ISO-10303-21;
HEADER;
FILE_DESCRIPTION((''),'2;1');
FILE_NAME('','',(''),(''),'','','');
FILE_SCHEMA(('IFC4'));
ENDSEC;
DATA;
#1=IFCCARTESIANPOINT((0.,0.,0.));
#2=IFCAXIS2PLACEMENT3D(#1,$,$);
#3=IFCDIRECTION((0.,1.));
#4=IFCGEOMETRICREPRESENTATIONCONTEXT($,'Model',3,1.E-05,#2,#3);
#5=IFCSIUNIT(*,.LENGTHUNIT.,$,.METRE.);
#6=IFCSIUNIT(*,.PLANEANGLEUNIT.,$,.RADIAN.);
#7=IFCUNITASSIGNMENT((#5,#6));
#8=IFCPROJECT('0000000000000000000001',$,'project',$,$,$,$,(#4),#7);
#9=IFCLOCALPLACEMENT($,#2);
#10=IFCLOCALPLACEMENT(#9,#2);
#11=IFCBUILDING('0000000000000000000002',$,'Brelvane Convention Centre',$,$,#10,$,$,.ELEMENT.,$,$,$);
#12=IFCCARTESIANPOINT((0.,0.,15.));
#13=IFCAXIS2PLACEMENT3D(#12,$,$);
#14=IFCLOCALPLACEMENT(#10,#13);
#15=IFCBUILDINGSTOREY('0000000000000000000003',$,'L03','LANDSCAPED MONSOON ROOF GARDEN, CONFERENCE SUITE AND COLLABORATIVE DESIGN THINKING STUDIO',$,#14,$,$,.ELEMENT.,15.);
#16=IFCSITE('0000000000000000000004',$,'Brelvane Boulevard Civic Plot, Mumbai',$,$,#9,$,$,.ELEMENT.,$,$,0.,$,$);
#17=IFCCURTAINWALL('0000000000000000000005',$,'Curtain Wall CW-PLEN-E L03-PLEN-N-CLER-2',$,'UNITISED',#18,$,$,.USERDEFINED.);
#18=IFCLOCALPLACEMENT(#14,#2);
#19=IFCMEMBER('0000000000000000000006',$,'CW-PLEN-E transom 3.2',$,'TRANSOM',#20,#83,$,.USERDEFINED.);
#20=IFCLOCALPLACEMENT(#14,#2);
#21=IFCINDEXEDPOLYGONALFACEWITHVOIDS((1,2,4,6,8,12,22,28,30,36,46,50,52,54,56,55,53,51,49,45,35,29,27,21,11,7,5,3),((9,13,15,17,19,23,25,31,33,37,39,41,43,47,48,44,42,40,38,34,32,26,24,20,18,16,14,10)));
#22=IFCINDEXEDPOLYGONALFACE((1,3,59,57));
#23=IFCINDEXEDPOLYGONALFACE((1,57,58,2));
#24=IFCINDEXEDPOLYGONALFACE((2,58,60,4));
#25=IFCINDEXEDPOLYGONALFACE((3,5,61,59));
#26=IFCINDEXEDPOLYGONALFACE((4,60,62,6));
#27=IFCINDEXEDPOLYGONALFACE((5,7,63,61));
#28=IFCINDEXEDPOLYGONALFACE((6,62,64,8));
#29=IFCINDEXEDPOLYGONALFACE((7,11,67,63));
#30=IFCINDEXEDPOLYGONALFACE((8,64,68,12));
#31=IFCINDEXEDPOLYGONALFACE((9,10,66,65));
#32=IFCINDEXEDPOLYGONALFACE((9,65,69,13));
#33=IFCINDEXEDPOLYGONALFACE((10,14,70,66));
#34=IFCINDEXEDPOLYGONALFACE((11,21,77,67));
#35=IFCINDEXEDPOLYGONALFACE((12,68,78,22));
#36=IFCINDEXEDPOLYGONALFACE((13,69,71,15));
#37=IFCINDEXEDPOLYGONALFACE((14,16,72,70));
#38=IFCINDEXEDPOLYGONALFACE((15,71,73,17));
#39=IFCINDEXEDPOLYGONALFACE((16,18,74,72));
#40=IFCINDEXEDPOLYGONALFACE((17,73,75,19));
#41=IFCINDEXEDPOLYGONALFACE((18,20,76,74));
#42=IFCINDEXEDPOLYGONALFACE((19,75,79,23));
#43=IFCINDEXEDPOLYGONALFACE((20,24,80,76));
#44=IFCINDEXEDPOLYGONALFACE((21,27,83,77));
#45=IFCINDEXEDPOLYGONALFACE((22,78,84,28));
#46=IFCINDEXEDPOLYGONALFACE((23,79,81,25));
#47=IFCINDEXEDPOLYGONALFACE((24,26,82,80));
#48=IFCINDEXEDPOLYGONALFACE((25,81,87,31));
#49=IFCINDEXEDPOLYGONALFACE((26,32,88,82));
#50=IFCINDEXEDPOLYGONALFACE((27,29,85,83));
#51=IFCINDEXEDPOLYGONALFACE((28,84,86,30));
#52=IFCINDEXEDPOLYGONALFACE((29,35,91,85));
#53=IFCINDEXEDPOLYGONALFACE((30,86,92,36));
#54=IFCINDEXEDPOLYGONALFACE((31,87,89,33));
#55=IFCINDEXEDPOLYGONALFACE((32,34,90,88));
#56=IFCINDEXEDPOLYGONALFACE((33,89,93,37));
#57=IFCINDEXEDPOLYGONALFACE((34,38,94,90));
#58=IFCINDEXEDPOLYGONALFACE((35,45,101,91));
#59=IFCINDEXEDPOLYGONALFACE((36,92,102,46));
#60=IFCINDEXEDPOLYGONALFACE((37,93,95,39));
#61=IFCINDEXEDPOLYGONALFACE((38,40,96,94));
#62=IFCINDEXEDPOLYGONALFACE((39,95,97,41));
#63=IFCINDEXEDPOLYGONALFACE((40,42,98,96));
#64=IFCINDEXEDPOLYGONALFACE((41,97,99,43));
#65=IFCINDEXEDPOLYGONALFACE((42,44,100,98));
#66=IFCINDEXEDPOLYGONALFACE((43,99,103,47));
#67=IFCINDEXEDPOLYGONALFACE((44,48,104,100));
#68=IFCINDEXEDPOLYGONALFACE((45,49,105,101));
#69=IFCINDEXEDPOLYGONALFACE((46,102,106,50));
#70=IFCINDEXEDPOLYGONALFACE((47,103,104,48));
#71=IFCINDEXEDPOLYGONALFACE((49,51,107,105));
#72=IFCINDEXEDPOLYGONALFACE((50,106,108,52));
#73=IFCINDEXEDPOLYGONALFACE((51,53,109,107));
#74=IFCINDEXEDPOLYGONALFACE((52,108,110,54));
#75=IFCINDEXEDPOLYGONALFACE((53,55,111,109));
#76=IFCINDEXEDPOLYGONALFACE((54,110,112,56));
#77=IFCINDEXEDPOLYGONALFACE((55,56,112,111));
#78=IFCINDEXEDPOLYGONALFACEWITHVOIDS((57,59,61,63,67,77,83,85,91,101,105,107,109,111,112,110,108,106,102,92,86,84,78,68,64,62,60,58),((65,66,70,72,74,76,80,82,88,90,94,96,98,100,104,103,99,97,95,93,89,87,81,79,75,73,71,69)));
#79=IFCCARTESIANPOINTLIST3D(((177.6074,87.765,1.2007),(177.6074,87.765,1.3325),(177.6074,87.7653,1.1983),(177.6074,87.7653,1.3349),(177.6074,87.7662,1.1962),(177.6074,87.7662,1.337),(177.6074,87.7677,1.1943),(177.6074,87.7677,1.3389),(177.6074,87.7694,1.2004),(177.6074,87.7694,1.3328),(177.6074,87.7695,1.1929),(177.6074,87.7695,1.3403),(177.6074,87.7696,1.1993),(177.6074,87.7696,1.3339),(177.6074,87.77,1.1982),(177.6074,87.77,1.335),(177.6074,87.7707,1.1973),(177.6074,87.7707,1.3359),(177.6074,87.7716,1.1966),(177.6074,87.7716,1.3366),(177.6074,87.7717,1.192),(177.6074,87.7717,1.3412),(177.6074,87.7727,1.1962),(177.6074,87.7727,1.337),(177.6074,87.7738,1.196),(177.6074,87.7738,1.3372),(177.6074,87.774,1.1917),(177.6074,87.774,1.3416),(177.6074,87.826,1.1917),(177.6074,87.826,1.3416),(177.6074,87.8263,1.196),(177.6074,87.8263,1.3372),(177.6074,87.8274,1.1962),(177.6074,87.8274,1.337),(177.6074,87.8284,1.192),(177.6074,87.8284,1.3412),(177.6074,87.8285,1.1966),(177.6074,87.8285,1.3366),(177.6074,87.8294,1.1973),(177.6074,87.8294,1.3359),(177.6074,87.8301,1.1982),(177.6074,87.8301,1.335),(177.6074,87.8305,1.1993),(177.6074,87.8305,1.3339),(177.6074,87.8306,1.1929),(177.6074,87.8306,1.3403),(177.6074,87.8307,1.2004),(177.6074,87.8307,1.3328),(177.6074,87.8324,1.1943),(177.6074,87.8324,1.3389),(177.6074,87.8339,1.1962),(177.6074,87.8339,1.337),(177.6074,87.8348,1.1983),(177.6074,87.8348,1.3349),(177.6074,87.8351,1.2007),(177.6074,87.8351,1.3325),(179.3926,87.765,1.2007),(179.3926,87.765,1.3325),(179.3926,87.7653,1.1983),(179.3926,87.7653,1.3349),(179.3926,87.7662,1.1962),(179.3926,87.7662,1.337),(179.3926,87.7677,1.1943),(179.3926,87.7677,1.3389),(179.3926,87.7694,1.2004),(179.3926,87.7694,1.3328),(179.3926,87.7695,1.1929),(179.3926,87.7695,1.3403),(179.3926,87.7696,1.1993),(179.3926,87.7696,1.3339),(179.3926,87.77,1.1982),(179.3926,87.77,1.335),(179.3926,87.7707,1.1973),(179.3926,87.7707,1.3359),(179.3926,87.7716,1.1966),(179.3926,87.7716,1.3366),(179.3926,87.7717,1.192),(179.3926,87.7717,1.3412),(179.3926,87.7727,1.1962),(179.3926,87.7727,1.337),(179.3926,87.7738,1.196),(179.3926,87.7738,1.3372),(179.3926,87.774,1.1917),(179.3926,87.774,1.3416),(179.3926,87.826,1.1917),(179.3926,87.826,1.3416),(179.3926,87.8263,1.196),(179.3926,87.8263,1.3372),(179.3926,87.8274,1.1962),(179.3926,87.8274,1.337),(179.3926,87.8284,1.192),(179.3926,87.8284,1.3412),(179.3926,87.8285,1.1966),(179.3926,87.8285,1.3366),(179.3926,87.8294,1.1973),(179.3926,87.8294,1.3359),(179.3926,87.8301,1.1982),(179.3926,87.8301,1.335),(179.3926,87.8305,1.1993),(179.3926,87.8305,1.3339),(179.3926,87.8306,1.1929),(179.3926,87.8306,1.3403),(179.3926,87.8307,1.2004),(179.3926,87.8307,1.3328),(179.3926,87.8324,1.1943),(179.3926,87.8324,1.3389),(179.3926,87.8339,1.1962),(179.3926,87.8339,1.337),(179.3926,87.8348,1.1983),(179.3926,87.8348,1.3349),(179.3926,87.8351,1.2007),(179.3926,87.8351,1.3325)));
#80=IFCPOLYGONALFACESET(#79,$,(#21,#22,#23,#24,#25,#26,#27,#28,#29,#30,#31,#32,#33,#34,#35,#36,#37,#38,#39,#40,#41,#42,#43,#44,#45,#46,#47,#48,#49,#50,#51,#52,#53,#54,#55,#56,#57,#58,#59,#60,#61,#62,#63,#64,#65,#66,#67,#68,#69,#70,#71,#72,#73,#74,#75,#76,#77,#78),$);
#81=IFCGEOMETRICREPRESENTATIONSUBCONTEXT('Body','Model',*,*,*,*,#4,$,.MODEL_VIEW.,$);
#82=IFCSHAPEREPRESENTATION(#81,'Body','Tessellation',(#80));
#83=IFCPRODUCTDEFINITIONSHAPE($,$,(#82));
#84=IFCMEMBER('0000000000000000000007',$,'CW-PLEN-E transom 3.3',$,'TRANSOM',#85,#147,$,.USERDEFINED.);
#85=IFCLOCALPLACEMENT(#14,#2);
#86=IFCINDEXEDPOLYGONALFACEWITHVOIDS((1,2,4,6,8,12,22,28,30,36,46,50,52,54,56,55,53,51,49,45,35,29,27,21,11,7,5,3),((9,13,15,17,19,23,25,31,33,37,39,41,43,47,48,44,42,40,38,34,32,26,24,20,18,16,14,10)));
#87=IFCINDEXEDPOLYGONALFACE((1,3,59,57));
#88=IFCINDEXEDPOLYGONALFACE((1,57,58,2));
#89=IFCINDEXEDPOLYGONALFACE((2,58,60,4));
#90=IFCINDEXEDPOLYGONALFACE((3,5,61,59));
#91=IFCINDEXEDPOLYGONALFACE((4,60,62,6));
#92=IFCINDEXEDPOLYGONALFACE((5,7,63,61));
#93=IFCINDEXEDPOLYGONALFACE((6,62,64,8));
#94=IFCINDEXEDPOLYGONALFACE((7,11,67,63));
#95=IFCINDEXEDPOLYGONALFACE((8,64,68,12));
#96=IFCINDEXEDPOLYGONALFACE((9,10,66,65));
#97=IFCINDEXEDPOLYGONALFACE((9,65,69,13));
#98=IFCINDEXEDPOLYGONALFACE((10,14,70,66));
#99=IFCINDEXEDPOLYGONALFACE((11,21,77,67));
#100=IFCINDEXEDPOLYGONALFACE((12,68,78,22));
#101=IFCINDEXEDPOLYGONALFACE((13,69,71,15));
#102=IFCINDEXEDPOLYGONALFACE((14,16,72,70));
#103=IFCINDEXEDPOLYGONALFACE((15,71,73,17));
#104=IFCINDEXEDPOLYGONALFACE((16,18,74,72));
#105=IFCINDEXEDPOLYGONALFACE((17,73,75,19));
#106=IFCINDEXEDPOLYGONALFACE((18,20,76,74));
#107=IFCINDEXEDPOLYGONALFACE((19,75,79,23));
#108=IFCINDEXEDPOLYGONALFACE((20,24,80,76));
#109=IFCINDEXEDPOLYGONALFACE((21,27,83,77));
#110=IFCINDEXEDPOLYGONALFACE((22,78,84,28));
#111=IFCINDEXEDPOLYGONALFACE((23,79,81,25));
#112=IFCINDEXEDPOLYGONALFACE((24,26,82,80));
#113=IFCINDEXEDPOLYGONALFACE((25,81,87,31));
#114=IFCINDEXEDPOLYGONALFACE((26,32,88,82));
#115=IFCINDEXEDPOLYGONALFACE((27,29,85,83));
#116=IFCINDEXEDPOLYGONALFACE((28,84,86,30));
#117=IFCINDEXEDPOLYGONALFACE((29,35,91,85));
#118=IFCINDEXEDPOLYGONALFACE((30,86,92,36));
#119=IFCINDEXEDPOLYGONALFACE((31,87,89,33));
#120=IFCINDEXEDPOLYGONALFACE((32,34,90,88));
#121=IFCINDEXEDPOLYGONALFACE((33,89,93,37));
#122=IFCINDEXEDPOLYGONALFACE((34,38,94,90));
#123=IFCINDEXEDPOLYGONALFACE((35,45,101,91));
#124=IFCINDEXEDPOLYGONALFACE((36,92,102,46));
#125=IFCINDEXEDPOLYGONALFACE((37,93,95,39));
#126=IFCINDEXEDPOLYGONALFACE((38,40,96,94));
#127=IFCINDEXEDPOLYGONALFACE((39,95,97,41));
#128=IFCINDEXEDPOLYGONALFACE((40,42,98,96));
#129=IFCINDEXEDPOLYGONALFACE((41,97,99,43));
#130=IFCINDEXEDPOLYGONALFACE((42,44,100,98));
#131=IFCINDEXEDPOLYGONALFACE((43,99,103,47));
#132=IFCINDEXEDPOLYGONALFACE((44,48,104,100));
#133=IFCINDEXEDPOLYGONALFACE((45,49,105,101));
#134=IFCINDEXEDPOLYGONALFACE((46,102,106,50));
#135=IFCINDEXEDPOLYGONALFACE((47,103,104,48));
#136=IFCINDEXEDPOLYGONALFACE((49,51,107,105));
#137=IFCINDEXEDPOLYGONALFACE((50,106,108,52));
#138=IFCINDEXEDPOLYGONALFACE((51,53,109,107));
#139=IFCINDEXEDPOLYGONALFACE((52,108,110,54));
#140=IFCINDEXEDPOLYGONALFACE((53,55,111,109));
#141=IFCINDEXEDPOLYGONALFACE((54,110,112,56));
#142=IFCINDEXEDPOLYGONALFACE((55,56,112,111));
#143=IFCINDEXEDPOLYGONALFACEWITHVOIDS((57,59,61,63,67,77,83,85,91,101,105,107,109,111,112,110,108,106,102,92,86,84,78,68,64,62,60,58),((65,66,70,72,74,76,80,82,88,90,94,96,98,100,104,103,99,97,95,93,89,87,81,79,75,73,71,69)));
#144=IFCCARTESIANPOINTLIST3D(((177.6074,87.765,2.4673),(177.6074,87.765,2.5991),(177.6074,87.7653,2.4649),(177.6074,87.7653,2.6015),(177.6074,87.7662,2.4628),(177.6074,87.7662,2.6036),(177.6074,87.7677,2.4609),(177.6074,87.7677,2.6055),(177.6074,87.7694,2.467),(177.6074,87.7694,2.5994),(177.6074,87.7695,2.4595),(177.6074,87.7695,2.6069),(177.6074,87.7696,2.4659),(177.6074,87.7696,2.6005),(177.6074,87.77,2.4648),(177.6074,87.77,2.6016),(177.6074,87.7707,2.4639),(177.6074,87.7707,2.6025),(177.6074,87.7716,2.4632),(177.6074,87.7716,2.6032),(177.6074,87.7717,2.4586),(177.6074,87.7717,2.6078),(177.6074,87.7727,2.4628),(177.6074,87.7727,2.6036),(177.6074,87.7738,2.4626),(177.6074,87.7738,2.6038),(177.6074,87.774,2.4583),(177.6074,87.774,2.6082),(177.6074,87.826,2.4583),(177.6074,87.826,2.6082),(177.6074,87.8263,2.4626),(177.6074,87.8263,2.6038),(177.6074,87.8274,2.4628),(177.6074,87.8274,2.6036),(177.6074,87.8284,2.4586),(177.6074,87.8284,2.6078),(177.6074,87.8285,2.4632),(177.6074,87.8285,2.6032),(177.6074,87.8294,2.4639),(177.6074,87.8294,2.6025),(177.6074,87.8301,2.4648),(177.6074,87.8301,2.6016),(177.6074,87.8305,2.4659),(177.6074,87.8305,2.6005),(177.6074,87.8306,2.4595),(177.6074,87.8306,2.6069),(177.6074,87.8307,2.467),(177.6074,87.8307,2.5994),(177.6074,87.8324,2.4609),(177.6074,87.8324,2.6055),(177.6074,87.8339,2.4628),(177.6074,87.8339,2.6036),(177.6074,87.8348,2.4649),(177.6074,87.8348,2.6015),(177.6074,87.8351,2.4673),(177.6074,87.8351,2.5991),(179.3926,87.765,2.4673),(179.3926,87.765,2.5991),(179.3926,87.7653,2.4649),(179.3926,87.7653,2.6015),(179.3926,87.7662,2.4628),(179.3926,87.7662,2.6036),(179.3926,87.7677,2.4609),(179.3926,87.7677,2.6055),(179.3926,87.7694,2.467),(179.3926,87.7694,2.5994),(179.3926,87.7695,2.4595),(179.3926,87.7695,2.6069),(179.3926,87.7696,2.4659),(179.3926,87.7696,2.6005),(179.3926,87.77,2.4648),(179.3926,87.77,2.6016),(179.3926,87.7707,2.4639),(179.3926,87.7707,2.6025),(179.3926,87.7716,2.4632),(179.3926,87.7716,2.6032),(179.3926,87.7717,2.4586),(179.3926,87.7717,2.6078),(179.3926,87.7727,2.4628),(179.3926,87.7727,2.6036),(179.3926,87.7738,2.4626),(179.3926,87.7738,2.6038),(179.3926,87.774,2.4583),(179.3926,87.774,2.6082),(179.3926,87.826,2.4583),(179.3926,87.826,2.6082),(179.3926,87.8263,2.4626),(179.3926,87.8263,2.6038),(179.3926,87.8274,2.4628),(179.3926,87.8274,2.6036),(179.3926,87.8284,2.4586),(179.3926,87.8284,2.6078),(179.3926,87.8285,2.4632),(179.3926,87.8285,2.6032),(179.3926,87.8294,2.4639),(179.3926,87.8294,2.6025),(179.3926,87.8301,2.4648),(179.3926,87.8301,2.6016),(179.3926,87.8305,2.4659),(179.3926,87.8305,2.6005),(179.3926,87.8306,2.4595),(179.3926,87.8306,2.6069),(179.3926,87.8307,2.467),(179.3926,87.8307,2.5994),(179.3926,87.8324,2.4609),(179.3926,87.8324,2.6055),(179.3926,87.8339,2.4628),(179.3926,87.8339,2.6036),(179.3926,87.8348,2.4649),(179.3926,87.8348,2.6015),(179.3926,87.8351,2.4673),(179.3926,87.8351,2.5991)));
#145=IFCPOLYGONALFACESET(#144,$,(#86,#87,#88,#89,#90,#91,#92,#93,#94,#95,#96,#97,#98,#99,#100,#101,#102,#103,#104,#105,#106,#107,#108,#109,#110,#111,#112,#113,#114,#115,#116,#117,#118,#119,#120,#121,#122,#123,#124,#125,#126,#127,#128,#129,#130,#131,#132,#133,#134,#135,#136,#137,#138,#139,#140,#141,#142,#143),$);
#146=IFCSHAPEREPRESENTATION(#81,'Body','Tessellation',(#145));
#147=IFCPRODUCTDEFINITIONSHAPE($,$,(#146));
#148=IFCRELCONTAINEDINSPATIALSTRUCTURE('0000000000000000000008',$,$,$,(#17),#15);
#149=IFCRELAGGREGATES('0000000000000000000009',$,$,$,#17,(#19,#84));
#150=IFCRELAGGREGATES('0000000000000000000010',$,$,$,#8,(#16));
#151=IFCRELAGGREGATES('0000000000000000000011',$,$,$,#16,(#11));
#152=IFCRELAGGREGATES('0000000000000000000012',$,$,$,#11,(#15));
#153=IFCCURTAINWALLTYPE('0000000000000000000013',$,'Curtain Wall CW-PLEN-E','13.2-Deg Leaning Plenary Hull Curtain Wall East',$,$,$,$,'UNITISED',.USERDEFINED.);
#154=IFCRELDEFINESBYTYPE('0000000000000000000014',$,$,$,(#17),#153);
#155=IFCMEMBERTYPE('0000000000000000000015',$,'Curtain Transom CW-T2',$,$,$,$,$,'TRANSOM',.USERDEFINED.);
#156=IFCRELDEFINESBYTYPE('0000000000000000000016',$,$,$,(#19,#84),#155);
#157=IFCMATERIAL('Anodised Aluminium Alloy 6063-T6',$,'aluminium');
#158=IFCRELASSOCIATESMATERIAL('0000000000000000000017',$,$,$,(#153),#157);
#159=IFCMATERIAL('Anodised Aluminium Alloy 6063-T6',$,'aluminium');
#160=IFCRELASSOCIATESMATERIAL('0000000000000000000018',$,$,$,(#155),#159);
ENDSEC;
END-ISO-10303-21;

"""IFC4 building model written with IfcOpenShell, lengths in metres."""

from ifc_helpers import new_model, si_unit, direction, frame, origin, origin_2d, place, context, subcontext, project, spatial, hollow_rectangle, extrude, material, material_profile, profile_set, type_object, element, aggregate, save


model = new_model("IFC4")

# Units and contexts
model_context = context("Model", 3, precision=1e-05, world=origin(), true_north=direction((0.0, 1.0)))
body_context = subcontext(model_context, "Body", "Model", "MODEL_VIEW")
ifc_project = project(units=[si_unit("LENGTHUNIT", "METRE"), si_unit("PLANEANGLEUNIT", "RADIAN")], contexts=[model_context])

# Site, building, storey
site_placement = place(None, origin())
site = spatial("IfcSite", under=ifc_project, at=site_placement, Name="Brelvane Boulevard Civic Plot, Mumbai", CompositionType="ELEMENT", RefElevation=0.0)
building_placement = place(site_placement, origin())
building = spatial("IfcBuilding", under=site, at=building_placement, Name="Brelvane Convention Centre", CompositionType="ELEMENT")
storey_placement = place(building_placement, frame((0.0, 0.0, 15.0)))
storey = spatial("IfcBuildingStorey", under=building, at=storey_placement, Name="L03", Description="LANDSCAPED MONSOON ROOF GARDEN, CONFERENCE SUITE AND COLLABORATIVE DESIGN THINKING STUDIO", CompositionType="ELEMENT", Elevation=15.0)

# Curtain wall, members
ifc_material_1 = material(Name="Anodised Aluminium Alloy 6063-T6", Category="aluminium")
curtain_wall_type = type_object("IfcCurtainWallType", Name="Curtain Wall CW-PLEN-E", Description="13.2-Deg Leaning Plenary Hull Curtain Wall East", ElementType="UNITISED", PredefinedType="USERDEFINED", material=ifc_material_1)
curtain_wall_placement = place(storey_placement, origin())
curtain_wall = element("IfcCurtainWall", 1, at=curtain_wall_placement, inside=storey, type_object=curtain_wall_type, Name="Curtain Wall CW-PLEN-E L03-PLEN-N-CLER-2", ObjectType="UNITISED", PredefinedType="USERDEFINED")
ifc_material_2 = material(Name="Anodised Aluminium Alloy 6063-T6", Category="aluminium")
ifc_material_profile_1 = material_profile(ifc_material_2, hollow_rectangle(XDim=0.0701, YDim=0.1499, WallThickness=0.0044, InnerFilletRadius=0.0044, OuterFilletRadius=0.009, at=origin_2d()), Name="ALU-T 150x70x4.5")
ifc_profile_set_1 = profile_set([ifc_material_profile_1], Name="Anodised Aluminium Alloy 6063-T6")
member_type_1 = type_object("IfcMemberType", Name="Curtain Transom CW-T2", ElementType="TRANSOM", PredefinedType="USERDEFINED", material=ifc_profile_set_1)
member_1_placement = place(storey_placement, frame((177.6074, 87.8, 1.2666), z_axis=(1.0, 0.0, 0.0), x_axis=(0.0, 1.0, 0.0)))
member_1 = element("IfcMember", 2, at=member_1_placement, type_object=member_type_1, Name="CW-PLEN-E transom 3.2", ObjectType="TRANSOM", PredefinedType="USERDEFINED", context=body_context, shape_type="SweptSolid", body=[
    extrude(hollow_rectangle(XDim=0.0701, YDim=0.1499, WallThickness=0.0044, InnerFilletRadius=0.0044, OuterFilletRadius=0.009, at=origin_2d()), origin(), (0.0, 0.0, 1.0), 1.7852),
])
member_2_placement = place(storey_placement, frame((177.6074, 87.8, 2.5332), z_axis=(1.0, 0.0, 0.0), x_axis=(0.0, 1.0, 0.0)))
member_2 = element("IfcMember", 3, at=member_2_placement, type_object=member_type_1, Name="CW-PLEN-E transom 3.3", ObjectType="TRANSOM", PredefinedType="USERDEFINED", context=body_context, shape_type="SweptSolid", body=[
    extrude(hollow_rectangle(XDim=0.0701, YDim=0.1499, WallThickness=0.0044, InnerFilletRadius=0.0044, OuterFilletRadius=0.009, at=origin_2d()), origin(), (0.0, 0.0, 1.0), 1.7852),
])

aggregate(curtain_wall, [member_1, member_2])

save(model, "model.ifc")
